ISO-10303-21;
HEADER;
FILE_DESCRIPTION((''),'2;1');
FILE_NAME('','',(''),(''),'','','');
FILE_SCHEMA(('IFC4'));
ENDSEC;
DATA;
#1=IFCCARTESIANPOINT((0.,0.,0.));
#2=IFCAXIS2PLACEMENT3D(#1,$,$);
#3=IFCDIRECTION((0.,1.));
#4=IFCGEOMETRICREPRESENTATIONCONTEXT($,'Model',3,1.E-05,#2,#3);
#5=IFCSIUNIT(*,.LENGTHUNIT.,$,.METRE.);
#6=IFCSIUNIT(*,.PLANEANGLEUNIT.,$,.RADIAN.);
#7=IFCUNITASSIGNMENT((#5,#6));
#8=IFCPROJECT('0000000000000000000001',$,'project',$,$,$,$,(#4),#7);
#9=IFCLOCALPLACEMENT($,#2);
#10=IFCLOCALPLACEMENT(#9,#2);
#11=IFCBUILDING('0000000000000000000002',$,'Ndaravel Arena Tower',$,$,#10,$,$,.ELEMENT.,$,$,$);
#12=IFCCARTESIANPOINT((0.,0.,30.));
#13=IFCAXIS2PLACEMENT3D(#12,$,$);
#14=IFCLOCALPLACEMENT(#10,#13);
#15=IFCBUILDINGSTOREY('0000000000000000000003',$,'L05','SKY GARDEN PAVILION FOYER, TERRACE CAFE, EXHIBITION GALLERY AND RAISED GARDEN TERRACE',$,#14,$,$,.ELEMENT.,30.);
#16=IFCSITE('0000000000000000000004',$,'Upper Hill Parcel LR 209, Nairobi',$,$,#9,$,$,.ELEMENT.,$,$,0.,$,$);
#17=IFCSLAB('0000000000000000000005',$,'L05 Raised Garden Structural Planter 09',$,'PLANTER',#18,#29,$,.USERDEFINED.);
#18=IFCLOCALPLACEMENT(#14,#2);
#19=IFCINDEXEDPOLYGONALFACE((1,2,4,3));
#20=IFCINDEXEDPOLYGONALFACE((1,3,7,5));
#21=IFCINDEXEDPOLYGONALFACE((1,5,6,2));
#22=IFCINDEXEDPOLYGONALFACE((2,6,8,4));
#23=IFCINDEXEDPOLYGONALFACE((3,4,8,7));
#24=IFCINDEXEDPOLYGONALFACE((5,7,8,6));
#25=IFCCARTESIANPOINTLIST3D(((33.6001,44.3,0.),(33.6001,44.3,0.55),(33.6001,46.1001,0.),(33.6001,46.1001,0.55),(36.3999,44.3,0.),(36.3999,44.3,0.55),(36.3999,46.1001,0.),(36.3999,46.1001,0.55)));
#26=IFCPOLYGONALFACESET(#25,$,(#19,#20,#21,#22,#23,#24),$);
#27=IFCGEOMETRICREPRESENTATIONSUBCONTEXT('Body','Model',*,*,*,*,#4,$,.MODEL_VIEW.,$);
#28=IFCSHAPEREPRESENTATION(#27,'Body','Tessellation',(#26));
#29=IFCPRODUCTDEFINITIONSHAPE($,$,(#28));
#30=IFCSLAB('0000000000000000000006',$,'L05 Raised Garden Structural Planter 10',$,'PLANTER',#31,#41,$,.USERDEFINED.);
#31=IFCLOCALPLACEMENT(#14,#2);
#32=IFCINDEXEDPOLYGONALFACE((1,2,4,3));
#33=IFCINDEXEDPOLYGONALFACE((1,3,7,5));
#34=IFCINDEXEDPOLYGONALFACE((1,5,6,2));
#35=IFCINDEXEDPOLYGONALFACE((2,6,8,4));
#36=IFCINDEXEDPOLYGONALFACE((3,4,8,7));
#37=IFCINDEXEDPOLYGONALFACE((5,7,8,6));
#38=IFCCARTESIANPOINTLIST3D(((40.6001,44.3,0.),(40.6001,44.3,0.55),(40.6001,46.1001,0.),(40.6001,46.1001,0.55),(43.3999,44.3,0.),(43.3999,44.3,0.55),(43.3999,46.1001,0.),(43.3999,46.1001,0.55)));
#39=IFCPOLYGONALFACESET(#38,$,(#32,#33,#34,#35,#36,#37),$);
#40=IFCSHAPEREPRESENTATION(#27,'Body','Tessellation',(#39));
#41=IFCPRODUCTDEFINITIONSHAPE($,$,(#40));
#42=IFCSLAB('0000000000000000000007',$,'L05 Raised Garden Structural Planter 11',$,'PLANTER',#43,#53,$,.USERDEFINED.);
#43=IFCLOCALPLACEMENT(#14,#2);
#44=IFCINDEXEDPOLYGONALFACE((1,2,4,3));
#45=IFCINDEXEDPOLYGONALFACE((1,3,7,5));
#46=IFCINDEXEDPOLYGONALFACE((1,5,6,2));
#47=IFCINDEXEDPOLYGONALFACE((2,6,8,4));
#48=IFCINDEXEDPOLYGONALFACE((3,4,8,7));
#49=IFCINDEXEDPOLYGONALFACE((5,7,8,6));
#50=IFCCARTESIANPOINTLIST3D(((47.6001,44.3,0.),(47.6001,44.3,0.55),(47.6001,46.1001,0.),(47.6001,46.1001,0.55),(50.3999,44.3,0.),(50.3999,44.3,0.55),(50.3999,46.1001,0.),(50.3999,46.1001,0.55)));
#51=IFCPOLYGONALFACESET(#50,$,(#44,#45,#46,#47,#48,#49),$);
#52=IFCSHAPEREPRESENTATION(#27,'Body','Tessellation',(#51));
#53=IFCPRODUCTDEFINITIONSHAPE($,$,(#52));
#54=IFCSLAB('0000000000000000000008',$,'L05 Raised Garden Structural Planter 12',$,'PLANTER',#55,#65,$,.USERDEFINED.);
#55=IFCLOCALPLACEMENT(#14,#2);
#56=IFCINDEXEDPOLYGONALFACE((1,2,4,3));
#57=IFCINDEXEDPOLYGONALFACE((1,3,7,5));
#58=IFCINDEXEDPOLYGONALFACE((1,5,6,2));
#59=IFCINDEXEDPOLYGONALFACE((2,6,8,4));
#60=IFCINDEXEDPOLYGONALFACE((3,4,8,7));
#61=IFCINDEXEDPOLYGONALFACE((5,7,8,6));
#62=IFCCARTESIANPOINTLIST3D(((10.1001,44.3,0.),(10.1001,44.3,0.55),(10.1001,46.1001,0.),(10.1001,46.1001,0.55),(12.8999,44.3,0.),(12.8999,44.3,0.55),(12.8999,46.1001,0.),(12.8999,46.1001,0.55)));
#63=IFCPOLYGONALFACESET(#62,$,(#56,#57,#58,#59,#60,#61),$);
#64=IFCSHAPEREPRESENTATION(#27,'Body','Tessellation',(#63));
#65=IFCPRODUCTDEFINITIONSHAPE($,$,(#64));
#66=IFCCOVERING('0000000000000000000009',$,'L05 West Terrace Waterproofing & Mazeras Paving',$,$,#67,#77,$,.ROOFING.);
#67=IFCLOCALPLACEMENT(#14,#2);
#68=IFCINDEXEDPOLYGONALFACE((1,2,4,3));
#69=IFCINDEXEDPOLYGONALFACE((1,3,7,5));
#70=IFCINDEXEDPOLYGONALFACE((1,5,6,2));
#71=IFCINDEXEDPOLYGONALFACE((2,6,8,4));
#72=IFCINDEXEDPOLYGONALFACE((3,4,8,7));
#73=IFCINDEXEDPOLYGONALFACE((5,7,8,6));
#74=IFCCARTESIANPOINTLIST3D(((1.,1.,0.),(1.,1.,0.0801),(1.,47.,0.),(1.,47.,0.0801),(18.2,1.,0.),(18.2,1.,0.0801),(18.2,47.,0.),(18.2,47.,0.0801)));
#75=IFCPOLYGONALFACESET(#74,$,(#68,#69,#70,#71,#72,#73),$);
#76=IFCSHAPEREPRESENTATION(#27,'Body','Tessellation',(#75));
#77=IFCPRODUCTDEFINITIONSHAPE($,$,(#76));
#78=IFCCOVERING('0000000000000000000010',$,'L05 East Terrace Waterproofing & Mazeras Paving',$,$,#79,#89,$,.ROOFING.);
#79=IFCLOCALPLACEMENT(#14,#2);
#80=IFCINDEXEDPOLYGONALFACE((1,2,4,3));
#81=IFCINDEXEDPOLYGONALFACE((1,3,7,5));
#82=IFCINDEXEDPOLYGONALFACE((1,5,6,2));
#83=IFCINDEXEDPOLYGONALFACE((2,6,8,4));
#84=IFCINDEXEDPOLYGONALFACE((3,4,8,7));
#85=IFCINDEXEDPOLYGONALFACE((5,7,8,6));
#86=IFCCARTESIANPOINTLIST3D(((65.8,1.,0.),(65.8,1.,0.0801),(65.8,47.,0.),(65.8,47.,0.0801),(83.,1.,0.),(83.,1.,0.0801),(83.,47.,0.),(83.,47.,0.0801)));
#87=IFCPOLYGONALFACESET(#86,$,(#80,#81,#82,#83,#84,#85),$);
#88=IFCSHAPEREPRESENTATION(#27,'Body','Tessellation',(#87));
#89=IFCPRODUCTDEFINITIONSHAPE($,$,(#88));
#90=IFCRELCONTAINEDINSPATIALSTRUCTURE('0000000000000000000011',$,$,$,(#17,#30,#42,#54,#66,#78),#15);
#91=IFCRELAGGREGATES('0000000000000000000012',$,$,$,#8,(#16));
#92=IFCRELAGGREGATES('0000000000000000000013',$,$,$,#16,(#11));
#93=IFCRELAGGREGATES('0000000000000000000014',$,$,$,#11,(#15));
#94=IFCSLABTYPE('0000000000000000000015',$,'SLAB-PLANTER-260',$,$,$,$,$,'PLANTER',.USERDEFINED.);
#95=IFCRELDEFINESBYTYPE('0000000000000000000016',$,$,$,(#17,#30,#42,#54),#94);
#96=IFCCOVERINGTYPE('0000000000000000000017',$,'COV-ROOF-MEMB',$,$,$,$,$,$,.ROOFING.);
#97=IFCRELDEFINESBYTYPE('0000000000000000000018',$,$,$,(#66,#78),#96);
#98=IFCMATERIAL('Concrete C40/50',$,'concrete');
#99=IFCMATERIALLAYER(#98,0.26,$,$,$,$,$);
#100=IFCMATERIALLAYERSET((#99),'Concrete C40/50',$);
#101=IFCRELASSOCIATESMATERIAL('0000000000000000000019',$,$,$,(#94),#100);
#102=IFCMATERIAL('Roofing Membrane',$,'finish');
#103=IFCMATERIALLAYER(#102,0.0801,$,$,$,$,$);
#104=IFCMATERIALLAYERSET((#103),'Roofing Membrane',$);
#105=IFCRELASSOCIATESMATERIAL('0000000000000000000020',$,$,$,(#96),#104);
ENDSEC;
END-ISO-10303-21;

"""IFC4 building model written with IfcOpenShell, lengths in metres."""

from ifc_helpers import new_model, si_unit, direction, frame, origin, place, context, subcontext, project, spatial, polyline, outline, extrude, material, layer, layer_set, type_object, element, save


model = new_model("IFC4")

# Units and contexts
model_context = context("Model", 3, precision=1e-05, world=origin(), true_north=direction((0.0, 1.0)))
body_context = subcontext(model_context, "Body", "Model", "MODEL_VIEW")
ifc_project = project(units=[si_unit("LENGTHUNIT", "METRE"), si_unit("PLANEANGLEUNIT", "RADIAN")], contexts=[model_context])

# Site, building, storey
site_placement = place(None, origin())
site = spatial("IfcSite", under=ifc_project, at=site_placement, Name="Upper Hill Parcel LR 209, Nairobi", CompositionType="ELEMENT", RefElevation=0.0)
building_placement = place(site_placement, origin())
building = spatial("IfcBuilding", under=site, at=building_placement, Name="Ndaravel Arena Tower", CompositionType="ELEMENT")
storey_placement = place(building_placement, frame((0.0, 0.0, 30.0)))
storey = spatial("IfcBuildingStorey", under=building, at=storey_placement, Name="L05", Description="SKY GARDEN PAVILION FOYER, TERRACE CAFE, EXHIBITION GALLERY AND RAISED GARDEN TERRACE", CompositionType="ELEMENT", Elevation=30.0)

# Slabs
ifc_material_1 = material(Name="Concrete C40/50", Category="concrete")
ifc_layer_1 = layer(ifc_material_1, 0.26)
ifc_layer_set_1 = layer_set([ifc_layer_1], Name="Concrete C40/50")
slab_type_1 = type_object("IfcSlabType", Name="SLAB-PLANTER-260", ElementType="PLANTER", PredefinedType="USERDEFINED", material=ifc_layer_set_1)
slab_1_placement = place(storey_placement, origin())
element("IfcSlab", 1, at=slab_1_placement, inside=storey, type_object=slab_type_1, Name="L05 Raised Garden Structural Planter 09", ObjectType="PLANTER", PredefinedType="USERDEFINED", context=body_context, shape_type="SweptSolid", body=[
    extrude(outline(polyline([(33.6001, 44.3), (36.3999, 44.3), (36.3999, 46.1001), (33.6001, 46.1001), (33.6001, 44.3)])), origin(), (0.0, 0.0, 1.0), 0.55),
])
slab_2_placement = place(storey_placement, origin())
element("IfcSlab", 2, at=slab_2_placement, inside=storey, type_object=slab_type_1, Name="L05 Raised Garden Structural Planter 10", ObjectType="PLANTER", PredefinedType="USERDEFINED", context=body_context, shape_type="SweptSolid", body=[
    extrude(outline(polyline([(40.6001, 44.3), (43.3999, 44.3), (43.3999, 46.1001), (40.6001, 46.1001), (40.6001, 44.3)])), origin(), (0.0, 0.0, 1.0), 0.55),
])
slab_3_placement = place(storey_placement, origin())
element("IfcSlab", 3, at=slab_3_placement, inside=storey, type_object=slab_type_1, Name="L05 Raised Garden Structural Planter 11", ObjectType="PLANTER", PredefinedType="USERDEFINED", context=body_context, shape_type="SweptSolid", body=[
    extrude(outline(polyline([(47.6001, 44.3), (50.3999, 44.3), (50.3999, 46.1001), (47.6001, 46.1001), (47.6001, 44.3)])), origin(), (0.0, 0.0, 1.0), 0.55),
])
slab_4_placement = place(storey_placement, origin())
element("IfcSlab", 4, at=slab_4_placement, inside=storey, type_object=slab_type_1, Name="L05 Raised Garden Structural Planter 12", ObjectType="PLANTER", PredefinedType="USERDEFINED", context=body_context, shape_type="SweptSolid", body=[
    extrude(outline(polyline([(10.1001, 44.3), (12.8999, 44.3), (12.8999, 46.1001), (10.1001, 46.1001), (10.1001, 44.3)])), origin(), (0.0, 0.0, 1.0), 0.55),
])

# Coverings
ifc_material_2 = material(Name="Roofing Membrane", Category="finish")
ifc_layer_2 = layer(ifc_material_2, 0.0801)
ifc_layer_set_2 = layer_set([ifc_layer_2], Name="Roofing Membrane")
covering_type = type_object("IfcCoveringType", Name="COV-ROOF-MEMB", PredefinedType="ROOFING", material=ifc_layer_set_2)
covering_1_placement = place(storey_placement, origin())
element("IfcCovering", 5, at=covering_1_placement, inside=storey, type_object=covering_type, Name="L05 West Terrace Waterproofing & Mazeras Paving", PredefinedType="ROOFING", context=body_context, shape_type="SweptSolid", body=[
    extrude(outline(polyline([(1.0, 1.0), (18.2, 1.0), (18.2, 47.0), (1.0, 47.0), (1.0, 1.0)])), origin(), (0.0, 0.0, 1.0), 0.0801),
])
covering_2_placement = place(storey_placement, origin())
element("IfcCovering", 6, at=covering_2_placement, inside=storey, type_object=covering_type, Name="L05 East Terrace Waterproofing & Mazeras Paving", PredefinedType="ROOFING", context=body_context, shape_type="SweptSolid", body=[
    extrude(outline(polyline([(65.8, 1.0), (83.0, 1.0), (83.0, 47.0), (65.8, 47.0), (65.8, 1.0)])), origin(), (0.0, 0.0, 1.0), 0.0801),
])

save(model, "model.ifc")
